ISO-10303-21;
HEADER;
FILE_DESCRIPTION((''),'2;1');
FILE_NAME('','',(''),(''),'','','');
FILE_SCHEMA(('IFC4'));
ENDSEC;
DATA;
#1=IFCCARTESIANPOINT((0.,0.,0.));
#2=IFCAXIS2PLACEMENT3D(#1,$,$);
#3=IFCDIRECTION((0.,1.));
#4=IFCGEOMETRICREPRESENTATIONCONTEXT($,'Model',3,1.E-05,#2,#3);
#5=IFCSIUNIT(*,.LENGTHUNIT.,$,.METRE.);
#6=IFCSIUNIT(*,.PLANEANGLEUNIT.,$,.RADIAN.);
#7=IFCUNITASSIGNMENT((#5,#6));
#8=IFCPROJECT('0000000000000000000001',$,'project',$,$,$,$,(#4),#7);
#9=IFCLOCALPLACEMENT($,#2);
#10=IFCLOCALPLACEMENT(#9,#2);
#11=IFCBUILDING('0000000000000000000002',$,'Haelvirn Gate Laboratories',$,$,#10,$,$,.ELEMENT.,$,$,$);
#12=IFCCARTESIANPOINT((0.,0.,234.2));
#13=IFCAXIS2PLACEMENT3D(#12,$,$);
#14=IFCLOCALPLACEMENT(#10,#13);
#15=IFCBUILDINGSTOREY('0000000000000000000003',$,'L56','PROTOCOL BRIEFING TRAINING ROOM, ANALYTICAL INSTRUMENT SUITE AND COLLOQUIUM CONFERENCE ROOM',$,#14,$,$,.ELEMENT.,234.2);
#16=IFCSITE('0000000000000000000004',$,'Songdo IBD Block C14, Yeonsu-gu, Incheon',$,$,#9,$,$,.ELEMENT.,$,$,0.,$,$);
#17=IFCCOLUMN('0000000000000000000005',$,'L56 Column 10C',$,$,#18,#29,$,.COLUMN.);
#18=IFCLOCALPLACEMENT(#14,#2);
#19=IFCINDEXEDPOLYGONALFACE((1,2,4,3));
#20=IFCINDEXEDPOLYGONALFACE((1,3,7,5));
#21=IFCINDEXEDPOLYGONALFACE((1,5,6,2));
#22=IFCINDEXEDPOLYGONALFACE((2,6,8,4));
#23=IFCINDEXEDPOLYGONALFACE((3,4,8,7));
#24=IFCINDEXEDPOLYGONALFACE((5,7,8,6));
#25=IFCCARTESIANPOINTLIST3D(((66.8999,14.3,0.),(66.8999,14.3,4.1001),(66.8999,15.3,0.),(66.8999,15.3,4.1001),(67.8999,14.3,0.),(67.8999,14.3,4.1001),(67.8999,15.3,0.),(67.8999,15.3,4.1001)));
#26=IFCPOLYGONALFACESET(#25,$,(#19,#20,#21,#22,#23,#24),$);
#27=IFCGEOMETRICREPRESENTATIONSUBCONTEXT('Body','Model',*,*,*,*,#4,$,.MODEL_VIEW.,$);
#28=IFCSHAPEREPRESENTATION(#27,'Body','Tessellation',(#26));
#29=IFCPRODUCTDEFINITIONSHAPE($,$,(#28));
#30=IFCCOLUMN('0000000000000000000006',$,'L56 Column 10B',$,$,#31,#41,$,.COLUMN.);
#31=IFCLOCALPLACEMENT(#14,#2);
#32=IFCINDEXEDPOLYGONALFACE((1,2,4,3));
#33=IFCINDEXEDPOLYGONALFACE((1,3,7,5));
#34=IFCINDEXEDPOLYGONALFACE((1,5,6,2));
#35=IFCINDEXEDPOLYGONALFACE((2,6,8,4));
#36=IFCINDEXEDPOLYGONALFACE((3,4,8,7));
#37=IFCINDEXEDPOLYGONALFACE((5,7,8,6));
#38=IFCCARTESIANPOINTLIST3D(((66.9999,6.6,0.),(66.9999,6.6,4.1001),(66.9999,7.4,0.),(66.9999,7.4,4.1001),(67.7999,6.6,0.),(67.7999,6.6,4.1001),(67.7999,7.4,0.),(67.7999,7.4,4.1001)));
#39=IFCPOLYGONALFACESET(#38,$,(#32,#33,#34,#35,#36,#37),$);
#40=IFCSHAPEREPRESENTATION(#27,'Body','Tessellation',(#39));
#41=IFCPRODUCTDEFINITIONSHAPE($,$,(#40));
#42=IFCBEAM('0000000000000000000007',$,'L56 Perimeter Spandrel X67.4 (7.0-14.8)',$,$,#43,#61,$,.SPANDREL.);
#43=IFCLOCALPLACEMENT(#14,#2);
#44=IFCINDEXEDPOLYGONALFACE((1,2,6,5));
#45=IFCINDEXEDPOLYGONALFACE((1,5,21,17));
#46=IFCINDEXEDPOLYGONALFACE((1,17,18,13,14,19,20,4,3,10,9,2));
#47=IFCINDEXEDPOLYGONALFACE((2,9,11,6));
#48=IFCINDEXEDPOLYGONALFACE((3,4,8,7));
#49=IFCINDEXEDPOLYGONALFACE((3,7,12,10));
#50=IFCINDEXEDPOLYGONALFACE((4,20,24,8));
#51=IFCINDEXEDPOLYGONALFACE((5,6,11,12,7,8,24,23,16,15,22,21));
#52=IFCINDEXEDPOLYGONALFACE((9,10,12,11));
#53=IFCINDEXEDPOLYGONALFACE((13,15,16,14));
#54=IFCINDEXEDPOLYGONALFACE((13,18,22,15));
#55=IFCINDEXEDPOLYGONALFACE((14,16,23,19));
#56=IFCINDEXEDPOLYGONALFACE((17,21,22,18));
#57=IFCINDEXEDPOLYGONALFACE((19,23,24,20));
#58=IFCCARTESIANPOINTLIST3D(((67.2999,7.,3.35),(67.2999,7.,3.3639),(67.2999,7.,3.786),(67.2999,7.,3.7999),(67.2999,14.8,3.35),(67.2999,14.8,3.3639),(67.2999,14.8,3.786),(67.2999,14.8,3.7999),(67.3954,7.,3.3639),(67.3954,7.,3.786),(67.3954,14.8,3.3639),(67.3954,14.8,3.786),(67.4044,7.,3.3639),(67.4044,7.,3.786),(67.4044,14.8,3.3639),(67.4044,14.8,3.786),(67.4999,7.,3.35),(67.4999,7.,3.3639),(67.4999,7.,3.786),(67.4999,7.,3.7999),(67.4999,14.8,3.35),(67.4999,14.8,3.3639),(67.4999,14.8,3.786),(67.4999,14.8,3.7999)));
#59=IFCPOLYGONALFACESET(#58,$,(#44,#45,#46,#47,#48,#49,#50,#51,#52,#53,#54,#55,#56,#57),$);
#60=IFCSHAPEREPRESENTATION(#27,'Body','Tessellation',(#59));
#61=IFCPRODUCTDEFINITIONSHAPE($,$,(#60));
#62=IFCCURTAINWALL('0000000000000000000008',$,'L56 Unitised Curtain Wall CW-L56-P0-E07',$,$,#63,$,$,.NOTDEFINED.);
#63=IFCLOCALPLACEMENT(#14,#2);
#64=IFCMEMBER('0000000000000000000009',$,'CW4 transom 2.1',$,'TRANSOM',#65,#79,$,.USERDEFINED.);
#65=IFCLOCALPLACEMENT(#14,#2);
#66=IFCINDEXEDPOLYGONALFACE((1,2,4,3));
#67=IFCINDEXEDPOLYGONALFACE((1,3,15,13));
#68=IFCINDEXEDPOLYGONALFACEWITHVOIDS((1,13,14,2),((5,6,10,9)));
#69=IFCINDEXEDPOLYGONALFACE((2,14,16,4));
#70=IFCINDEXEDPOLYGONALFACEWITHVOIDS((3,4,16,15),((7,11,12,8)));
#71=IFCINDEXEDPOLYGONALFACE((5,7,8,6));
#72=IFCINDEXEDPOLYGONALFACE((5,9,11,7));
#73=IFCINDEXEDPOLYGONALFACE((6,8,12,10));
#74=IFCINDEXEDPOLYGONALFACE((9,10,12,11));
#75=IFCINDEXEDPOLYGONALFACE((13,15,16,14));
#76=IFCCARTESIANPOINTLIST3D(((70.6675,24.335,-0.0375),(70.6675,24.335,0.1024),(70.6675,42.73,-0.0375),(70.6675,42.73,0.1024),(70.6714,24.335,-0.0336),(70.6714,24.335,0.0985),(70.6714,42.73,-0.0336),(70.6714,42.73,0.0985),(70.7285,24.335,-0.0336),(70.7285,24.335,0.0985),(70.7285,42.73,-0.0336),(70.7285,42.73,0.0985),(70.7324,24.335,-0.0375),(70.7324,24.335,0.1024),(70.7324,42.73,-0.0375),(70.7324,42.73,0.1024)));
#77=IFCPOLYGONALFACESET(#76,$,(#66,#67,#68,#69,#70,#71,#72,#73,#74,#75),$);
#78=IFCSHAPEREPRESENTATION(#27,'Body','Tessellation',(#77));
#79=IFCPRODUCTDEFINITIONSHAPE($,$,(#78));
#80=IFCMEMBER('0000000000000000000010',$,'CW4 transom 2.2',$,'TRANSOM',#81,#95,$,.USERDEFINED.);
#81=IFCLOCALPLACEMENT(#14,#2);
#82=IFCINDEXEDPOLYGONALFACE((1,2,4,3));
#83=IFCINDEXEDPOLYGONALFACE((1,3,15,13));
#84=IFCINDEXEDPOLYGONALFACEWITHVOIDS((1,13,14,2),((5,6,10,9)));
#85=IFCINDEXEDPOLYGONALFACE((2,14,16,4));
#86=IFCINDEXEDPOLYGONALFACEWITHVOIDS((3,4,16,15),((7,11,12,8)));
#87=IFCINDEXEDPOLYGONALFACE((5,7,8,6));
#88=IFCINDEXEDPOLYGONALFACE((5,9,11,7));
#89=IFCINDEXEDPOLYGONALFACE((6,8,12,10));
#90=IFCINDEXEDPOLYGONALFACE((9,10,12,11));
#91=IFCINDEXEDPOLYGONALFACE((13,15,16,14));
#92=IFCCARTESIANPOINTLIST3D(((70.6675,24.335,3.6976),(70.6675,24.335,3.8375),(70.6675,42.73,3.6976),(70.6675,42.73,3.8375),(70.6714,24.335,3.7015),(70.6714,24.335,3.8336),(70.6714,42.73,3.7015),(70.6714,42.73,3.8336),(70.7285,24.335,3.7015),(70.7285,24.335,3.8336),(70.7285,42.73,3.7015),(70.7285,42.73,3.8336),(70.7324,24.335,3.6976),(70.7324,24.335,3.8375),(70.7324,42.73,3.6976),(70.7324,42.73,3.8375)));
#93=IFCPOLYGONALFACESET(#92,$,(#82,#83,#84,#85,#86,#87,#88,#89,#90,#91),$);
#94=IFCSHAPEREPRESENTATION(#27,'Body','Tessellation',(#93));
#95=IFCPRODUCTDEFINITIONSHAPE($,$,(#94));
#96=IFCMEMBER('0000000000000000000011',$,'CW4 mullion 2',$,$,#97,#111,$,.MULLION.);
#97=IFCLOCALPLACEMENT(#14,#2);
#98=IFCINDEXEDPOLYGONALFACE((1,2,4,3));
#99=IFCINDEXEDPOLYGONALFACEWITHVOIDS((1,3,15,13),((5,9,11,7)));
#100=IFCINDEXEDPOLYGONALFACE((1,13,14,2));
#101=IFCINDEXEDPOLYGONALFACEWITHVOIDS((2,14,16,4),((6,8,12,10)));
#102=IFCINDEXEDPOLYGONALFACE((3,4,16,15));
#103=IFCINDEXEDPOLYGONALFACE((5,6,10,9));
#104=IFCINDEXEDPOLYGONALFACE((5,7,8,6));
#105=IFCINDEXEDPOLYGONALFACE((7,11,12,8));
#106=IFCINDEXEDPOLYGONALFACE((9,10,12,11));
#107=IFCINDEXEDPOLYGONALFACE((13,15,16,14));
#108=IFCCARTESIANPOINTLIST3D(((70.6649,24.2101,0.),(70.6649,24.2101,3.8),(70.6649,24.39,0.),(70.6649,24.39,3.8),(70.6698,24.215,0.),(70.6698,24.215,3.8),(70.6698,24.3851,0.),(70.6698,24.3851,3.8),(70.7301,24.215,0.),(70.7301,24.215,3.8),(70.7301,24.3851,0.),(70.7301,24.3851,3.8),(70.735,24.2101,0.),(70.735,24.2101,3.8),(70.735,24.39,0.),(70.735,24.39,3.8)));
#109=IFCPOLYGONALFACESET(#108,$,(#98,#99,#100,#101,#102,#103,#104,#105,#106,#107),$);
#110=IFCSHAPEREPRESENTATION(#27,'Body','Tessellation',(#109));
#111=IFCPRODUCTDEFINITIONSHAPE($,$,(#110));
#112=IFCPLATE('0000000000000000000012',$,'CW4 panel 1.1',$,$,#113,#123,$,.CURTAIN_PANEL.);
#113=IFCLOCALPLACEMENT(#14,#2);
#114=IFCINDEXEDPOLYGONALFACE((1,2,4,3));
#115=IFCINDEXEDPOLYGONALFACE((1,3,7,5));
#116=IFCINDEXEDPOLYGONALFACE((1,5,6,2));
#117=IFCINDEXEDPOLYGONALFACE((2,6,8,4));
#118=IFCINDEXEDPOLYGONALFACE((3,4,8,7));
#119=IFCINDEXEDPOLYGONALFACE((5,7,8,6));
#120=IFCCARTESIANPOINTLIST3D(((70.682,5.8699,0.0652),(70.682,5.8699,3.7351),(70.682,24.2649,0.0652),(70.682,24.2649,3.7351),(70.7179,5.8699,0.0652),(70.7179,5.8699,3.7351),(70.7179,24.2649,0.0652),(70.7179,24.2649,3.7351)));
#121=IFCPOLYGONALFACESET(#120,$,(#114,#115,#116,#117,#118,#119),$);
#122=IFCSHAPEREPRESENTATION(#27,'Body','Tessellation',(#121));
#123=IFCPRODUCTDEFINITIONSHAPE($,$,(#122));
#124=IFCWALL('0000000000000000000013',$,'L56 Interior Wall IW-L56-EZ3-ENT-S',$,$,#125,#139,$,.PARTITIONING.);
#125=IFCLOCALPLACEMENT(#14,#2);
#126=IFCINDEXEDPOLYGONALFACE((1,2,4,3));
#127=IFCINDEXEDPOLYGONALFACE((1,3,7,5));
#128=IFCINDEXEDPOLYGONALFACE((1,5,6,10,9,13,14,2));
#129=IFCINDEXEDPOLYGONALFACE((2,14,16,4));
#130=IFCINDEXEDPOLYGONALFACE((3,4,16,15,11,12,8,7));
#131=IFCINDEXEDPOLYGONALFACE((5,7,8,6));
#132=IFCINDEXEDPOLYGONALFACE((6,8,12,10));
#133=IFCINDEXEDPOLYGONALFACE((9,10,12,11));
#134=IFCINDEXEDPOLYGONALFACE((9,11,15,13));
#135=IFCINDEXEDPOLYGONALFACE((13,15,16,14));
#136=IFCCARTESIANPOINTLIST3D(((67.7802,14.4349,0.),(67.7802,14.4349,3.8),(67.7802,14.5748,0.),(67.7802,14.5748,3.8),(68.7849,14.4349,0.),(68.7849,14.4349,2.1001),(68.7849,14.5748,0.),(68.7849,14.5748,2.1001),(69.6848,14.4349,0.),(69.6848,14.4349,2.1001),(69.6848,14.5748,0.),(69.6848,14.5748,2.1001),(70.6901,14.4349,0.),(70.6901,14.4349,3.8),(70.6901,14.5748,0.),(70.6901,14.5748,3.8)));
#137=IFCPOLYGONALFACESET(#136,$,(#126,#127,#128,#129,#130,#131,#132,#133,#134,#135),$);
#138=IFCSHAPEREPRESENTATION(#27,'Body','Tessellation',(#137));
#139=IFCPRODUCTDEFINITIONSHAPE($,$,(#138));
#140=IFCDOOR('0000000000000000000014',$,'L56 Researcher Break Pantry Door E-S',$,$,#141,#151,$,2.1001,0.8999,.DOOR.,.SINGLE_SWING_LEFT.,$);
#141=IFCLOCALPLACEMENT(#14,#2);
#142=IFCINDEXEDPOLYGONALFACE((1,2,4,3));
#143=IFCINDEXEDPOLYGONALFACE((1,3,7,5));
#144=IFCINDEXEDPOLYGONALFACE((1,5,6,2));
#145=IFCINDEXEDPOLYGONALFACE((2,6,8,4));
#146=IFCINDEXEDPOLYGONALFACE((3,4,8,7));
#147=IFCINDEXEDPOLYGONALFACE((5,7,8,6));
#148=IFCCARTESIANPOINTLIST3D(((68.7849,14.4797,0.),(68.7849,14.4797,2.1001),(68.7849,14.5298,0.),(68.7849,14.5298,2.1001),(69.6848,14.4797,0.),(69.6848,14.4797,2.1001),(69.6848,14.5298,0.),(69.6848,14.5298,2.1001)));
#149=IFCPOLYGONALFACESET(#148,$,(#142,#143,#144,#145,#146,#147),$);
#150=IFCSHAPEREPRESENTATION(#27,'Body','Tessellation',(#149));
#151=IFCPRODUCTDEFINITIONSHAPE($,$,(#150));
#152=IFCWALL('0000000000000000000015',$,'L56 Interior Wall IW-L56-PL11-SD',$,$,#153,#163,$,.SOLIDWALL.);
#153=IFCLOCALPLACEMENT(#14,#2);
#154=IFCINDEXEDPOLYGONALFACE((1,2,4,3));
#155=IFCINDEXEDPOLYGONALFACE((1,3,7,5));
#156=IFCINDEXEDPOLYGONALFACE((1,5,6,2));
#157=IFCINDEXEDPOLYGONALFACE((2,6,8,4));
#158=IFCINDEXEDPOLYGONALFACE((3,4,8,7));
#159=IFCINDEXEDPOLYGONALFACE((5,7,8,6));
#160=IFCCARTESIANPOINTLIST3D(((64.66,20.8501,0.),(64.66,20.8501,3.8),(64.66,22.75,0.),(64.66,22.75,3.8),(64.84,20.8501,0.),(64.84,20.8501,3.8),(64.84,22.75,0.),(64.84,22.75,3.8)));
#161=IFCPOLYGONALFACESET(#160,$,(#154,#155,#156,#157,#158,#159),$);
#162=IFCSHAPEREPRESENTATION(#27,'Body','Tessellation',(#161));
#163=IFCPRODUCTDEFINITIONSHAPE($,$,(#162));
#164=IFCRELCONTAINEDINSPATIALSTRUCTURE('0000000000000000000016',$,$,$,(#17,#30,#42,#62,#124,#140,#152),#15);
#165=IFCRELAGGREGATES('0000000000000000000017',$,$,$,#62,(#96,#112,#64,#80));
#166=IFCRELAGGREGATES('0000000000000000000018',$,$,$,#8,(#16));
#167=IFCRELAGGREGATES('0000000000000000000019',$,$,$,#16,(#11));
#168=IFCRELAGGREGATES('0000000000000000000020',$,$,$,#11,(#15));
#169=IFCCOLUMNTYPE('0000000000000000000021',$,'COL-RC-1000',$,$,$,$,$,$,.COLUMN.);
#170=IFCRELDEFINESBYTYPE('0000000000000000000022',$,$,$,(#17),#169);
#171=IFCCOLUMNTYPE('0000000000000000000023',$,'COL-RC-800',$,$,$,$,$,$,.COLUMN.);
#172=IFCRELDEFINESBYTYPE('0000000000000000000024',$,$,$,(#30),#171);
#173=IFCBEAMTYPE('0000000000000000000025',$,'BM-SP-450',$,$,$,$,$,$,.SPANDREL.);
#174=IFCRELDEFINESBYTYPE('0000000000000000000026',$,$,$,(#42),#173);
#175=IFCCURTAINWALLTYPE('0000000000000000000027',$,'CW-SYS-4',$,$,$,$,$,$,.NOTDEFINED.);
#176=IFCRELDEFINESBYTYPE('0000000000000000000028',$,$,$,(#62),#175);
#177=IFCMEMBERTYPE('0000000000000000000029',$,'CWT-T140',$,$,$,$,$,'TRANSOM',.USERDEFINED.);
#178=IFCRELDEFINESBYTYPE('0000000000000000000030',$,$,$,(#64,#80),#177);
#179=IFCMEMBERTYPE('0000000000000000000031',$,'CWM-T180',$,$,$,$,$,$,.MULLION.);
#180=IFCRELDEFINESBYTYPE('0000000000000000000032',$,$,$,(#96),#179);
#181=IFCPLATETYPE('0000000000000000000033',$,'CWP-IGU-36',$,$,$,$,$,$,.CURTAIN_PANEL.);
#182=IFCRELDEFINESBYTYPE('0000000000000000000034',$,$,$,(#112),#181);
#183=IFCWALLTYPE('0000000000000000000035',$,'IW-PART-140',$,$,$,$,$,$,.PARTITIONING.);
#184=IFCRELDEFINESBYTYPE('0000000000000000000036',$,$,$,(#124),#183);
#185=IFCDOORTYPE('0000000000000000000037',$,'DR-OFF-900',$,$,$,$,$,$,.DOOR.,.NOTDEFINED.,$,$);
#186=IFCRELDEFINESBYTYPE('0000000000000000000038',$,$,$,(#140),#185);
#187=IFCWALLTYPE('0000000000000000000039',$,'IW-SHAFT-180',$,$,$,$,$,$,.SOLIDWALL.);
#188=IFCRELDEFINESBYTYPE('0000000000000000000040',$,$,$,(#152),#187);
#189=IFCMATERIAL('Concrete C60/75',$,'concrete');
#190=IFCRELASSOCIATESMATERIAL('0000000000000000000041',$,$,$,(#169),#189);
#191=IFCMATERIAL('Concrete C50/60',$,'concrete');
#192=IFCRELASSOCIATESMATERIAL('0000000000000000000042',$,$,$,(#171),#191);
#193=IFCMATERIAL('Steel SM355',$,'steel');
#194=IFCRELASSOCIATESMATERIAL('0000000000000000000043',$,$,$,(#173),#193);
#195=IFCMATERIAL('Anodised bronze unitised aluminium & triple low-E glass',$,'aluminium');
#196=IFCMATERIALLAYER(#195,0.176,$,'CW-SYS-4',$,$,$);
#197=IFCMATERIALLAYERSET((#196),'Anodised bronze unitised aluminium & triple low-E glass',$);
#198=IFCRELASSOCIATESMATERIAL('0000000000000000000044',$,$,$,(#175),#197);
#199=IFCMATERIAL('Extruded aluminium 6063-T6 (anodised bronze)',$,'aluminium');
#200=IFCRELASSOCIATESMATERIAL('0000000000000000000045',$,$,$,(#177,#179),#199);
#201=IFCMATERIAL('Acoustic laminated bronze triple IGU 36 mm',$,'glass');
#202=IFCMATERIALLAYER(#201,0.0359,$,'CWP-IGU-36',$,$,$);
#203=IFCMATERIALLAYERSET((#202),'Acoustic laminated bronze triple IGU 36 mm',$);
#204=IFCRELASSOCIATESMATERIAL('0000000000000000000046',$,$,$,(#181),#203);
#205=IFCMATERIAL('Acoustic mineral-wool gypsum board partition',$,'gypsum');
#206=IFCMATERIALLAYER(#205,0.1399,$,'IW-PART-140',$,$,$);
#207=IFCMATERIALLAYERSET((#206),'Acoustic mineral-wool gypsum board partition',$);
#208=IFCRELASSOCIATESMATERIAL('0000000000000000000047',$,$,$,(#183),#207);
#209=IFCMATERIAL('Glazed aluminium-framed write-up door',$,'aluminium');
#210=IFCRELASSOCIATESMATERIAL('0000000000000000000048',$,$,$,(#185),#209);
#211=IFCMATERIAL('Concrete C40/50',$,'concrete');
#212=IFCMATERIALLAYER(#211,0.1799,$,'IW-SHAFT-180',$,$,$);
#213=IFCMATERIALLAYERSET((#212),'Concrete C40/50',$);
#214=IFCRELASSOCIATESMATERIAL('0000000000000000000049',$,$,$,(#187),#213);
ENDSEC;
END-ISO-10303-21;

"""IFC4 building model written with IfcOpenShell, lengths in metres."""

from ifc_helpers import new_model, si_unit, direction, frame, frame_2d, origin, origin_2d, place, context, subcontext, project, spatial, rectangle, hollow_rectangle, i_section, extrude, source, transform, mapped, material, layer, layer_set, material_profile, profile_set, type_object, type_shapes, element, fill, aggregate, save


model = new_model("IFC4")

# Units and contexts
model_context = context("Model", 3, precision=1e-05, world=origin(), true_north=direction((0.0, 1.0)))
body_context = subcontext(model_context, "Body", "Model", "MODEL_VIEW")
ifc_project = project(units=[si_unit("LENGTHUNIT", "METRE"), si_unit("PLANEANGLEUNIT", "RADIAN")], contexts=[model_context])

# Site, building, storey
site_placement = place(None, origin())
site = spatial("IfcSite", under=ifc_project, at=site_placement, Name="Songdo IBD Block C14, Yeonsu-gu, Incheon", CompositionType="ELEMENT", RefElevation=0.0)
building_placement = place(site_placement, origin())
building = spatial("IfcBuilding", under=site, at=building_placement, Name="Haelvirn Gate Laboratories", CompositionType="ELEMENT")
storey_placement = place(building_placement, frame((0.0, 0.0, 234.2)))
storey = spatial("IfcBuildingStorey", under=building, at=storey_placement, Name="L56", Description="PROTOCOL BRIEFING TRAINING ROOM, ANALYTICAL INSTRUMENT SUITE AND COLLOQUIUM CONFERENCE ROOM", CompositionType="ELEMENT", Elevation=234.2)

# Columns
ifc_material_1 = material(Name="Concrete C60/75", Category="concrete")
ifc_material_profile_1 = material_profile(ifc_material_1, rectangle(XDim=1.0, YDim=1.0, at=origin_2d()), Name="RC-1000x1000")
ifc_profile_set_1 = profile_set([ifc_material_profile_1], Name="Concrete C60/75")
column_type_1 = type_object("IfcColumnType", Name="COL-RC-1000", PredefinedType="COLUMN", material=ifc_profile_set_1)
shared_shape_1 = source(origin(), body_context, "Body", "SweptSolid", [
    extrude(rectangle(XDim=1.0, YDim=1.0, at=origin_2d()), origin(), (0.0, 0.0, 1.0), 4.1001),
])
type_shapes(column_type_1, [shared_shape_1])
column_1_placement = place(storey_placement, frame((67.3999, 14.8, 0.0), z_axis=(0.0, 0.0, 1.0), x_axis=(1.0, 0.0, 0.0)))
element("IfcColumn", 1, at=column_1_placement, inside=storey, type_object=column_type_1, Name="L56 Column 10C", PredefinedType="COLUMN", context=body_context, shape_type="MappedRepresentation", body=[
    mapped(shared_shape_1, transform((0.0, 0.0, 0.0), scale=1.0)),
])
ifc_material_2 = material(Name="Concrete C50/60", Category="concrete")
ifc_material_profile_2 = material_profile(ifc_material_2, rectangle(XDim=0.8, YDim=0.8, at=origin_2d()), Name="RC-800x800")
ifc_profile_set_2 = profile_set([ifc_material_profile_2], Name="Concrete C50/60")
column_type_2 = type_object("IfcColumnType", Name="COL-RC-800", PredefinedType="COLUMN", material=ifc_profile_set_2)
shared_shape_2 = source(origin(), body_context, "Body", "SweptSolid", [
    extrude(rectangle(XDim=0.8, YDim=0.8, at=origin_2d()), origin(), (0.0, 0.0, 1.0), 4.1001),
])
type_shapes(column_type_2, [shared_shape_2])
column_2_placement = place(storey_placement, frame((67.3999, 7.0, 0.0), z_axis=(0.0, 0.0, 1.0), x_axis=(1.0, 0.0, 0.0)))
element("IfcColumn", 2, at=column_2_placement, inside=storey, type_object=column_type_2, Name="L56 Column 10B", PredefinedType="COLUMN", context=body_context, shape_type="MappedRepresentation", body=[
    mapped(shared_shape_2, transform((0.0, 0.0, 0.0), scale=1.0)),
])

# Beam
ifc_material_3 = material(Name="Steel SM355", Category="steel")
ifc_material_profile_3 = material_profile(ifc_material_3, i_section(OverallWidth=0.2, OverallDepth=0.45, WebThickness=0.009, FlangeThickness=0.0139, at=origin_2d()), Name="H-450x200x9x14")
ifc_profile_set_3 = profile_set([ifc_material_profile_3], Name="Steel SM355")
beam_type = type_object("IfcBeamType", Name="BM-SP-450", PredefinedType="SPANDREL", material=ifc_profile_set_3)
shared_shape_3 = source(origin(), body_context, "Body", "SweptSolid", [
    extrude(i_section(OverallWidth=0.2, OverallDepth=0.45, WebThickness=0.009, FlangeThickness=0.0139, at=origin_2d()), origin(), (0.0, 0.0, 1.0), 7.8),
])
type_shapes(beam_type, [shared_shape_3])
beam_placement = place(storey_placement, frame((67.3999, 7.0, 3.575), z_axis=(0.0, 1.0, 0.0), x_axis=(-1.0, 0.0, 0.0)))
element("IfcBeam", 3, at=beam_placement, inside=storey, type_object=beam_type, Name="L56 Perimeter Spandrel X67.4 (7.0-14.8)", PredefinedType="SPANDREL", context=body_context, shape_type="MappedRepresentation", body=[
    mapped(shared_shape_3, transform((0.0, 0.0, 0.0), scale=1.0)),
])

# Curtain wall, members, plate
ifc_material_4 = material(Name="Anodised bronze unitised aluminium & triple low-E glass", Category="aluminium")
ifc_layer_1 = layer(ifc_material_4, 0.176, Name="CW-SYS-4")
ifc_layer_set_1 = layer_set([ifc_layer_1], Name="Anodised bronze unitised aluminium & triple low-E glass")
curtain_wall_type = type_object("IfcCurtainWallType", Name="CW-SYS-4", PredefinedType="NOTDEFINED", material=ifc_layer_set_1)
curtain_wall_placement = place(storey_placement, origin())
curtain_wall = element("IfcCurtainWall", 4, at=curtain_wall_placement, inside=storey, type_object=curtain_wall_type, Name="L56 Unitised Curtain Wall CW-L56-P0-E07", PredefinedType="NOTDEFINED")
ifc_material_5 = material(Name="Extruded aluminium 6063-T6 (anodised bronze)", Category="aluminium")
ifc_material_profile_4 = material_profile(ifc_material_5, hollow_rectangle(XDim=0.0649, YDim=0.1399, WallThickness=0.0039, at=origin_2d()), Name="CWT-140x65x4")
ifc_profile_set_4 = profile_set([ifc_material_profile_4], Name="Extruded aluminium 6063-T6 (anodised bronze)")
member_type_1 = type_object("IfcMemberType", Name="CWT-T140", ElementType="TRANSOM", PredefinedType="USERDEFINED", material=ifc_profile_set_4)
shared_shape_4 = source(origin(), body_context, "Body", "SweptSolid", [
    extrude(hollow_rectangle(XDim=0.0649, YDim=0.1399, WallThickness=0.0039, at=origin_2d()), origin(), (0.0, 0.0, 1.0), 18.395),
])
type_shapes(member_type_1, [shared_shape_4])
member_1_placement = place(storey_placement, frame((70.7, 24.335, 0.0325), z_axis=(0.0, 1.0, 0.0), x_axis=(-1.0, 0.0, 0.0)))
member_1 = element("IfcMember", 5, at=member_1_placement, type_object=member_type_1, Name="CW4 transom 2.1", ObjectType="TRANSOM", PredefinedType="USERDEFINED", context=body_context, shape_type="MappedRepresentation", body=[
    mapped(shared_shape_4, transform((0.0, 0.0, 0.0), scale=1.0)),
])
member_2_placement = place(storey_placement, frame((70.7, 24.335, 3.7676), z_axis=(0.0, 1.0, 0.0), x_axis=(-1.0, 0.0, 0.0)))
member_2 = element("IfcMember", 6, at=member_2_placement, type_object=member_type_1, Name="CW4 transom 2.2", ObjectType="TRANSOM", PredefinedType="USERDEFINED", context=body_context, shape_type="MappedRepresentation", body=[
    mapped(shared_shape_4, transform((0.0, 0.0, 0.0), scale=1.0)),
])
ifc_material_profile_5 = material_profile(ifc_material_5, hollow_rectangle(XDim=0.0701, YDim=0.1799, WallThickness=0.0049, at=origin_2d()), Name="CWM-180x70x5")
ifc_profile_set_5 = profile_set([ifc_material_profile_5], Name="Extruded aluminium 6063-T6 (anodised bronze)")
member_type_2 = type_object("IfcMemberType", Name="CWM-T180", PredefinedType="MULLION", material=ifc_profile_set_5)
shared_shape_5 = source(origin(), body_context, "Body", "SweptSolid", [
    extrude(hollow_rectangle(XDim=0.0701, YDim=0.1799, WallThickness=0.0049, at=origin_2d()), origin(), (0.0, 0.0, 1.0), 3.8),
])
type_shapes(member_type_2, [shared_shape_5])
member_3_placement = place(storey_placement, frame((70.7, 24.3, 0.0), z_axis=(0.0, 0.0, 1.0), x_axis=(-1.0, 0.0, 0.0)))
member_3 = element("IfcMember", 7, at=member_3_placement, type_object=member_type_2, Name="CW4 mullion 2", PredefinedType="MULLION", context=body_context, shape_type="MappedRepresentation", body=[
    mapped(shared_shape_5, transform((0.0, 0.0, 0.0), scale=1.0)),
])
ifc_material_6 = material(Name="Acoustic laminated bronze triple IGU 36 mm", Category="glass")
ifc_layer_2 = layer(ifc_material_6, 0.0359, Name="CWP-IGU-36")
ifc_layer_set_2 = layer_set([ifc_layer_2], Name="Acoustic laminated bronze triple IGU 36 mm")
plate_type = type_object("IfcPlateType", Name="CWP-IGU-36", PredefinedType="CURTAIN_PANEL", material=ifc_layer_set_2)
shared_shape_6 = source(origin(), body_context, "Body", "SweptSolid", [
    extrude(rectangle(XDim=18.395, YDim=0.0359, at=origin_2d()), origin(), (0.0, 0.0, 1.0), 3.6699),
])
type_shapes(plate_type, [shared_shape_6])
plate_placement = place(storey_placement, frame((70.7, 15.0674, 0.0652), z_axis=(0.0, 0.0, 1.0), x_axis=(0.0, 1.0, 0.0)))
plate = element("IfcPlate", 8, at=plate_placement, type_object=plate_type, Name="CW4 panel 1.1", PredefinedType="CURTAIN_PANEL", context=body_context, shape_type="MappedRepresentation", body=[
    mapped(shared_shape_6, transform((0.0, 0.0, 0.0), scale=1.0)),
])
aggregate(curtain_wall, [member_3, plate, member_1, member_2])

# Wall, opening, door
ifc_material_7 = material(Name="Acoustic mineral-wool gypsum board partition", Category="gypsum")
ifc_layer_3 = layer(ifc_material_7, 0.1399, Name="IW-PART-140")
ifc_layer_set_3 = layer_set([ifc_layer_3], Name="Acoustic mineral-wool gypsum board partition")
wall_type_1 = type_object("IfcWallType", Name="IW-PART-140", PredefinedType="PARTITIONING", material=ifc_layer_set_3)
wall_1_placement = place(storey_placement, frame((67.78, 14.5049, 0.0), z_axis=(0.0, 0.0, 1.0), x_axis=(1.0, 0.0, 0.0)))
wall_1 = element("IfcWall", 9, at=wall_1_placement, inside=storey, type_object=wall_type_1, Name="L56 Interior Wall IW-L56-EZ3-ENT-S", PredefinedType="PARTITIONING", context=body_context, shape_type="SweptSolid", body=[
    extrude(rectangle(XDim=2.9099, YDim=0.1399, at=frame_2d((1.4551, 0.0))), origin(), (0.0, 0.0, 1.0), 3.8),
])
opening_1_placement = place(wall_1_placement, frame((1.0049, 0.0, 0.0)))
opening_1 = element("IfcOpeningElement", 10, at=opening_1_placement, cuts=wall_1, PredefinedType="OPENING", context=body_context, shape_type="SweptSolid", body=[
    extrude(rectangle(XDim=0.8999, YDim=2.1001, at=frame_2d((0.45, 1.05))), frame((0.0, 0.0801, 0.0), z_axis=(0.0, -1.0, 0.0), x_axis=(1.0, 0.0, 0.0)), (0.0, 0.0, 1.0), 0.1599),
])
ifc_material_8 = material(Name="Glazed aluminium-framed write-up door", Category="aluminium")
door_type_1 = type_object("IfcDoorType", Name="DR-OFF-900", OperationType="NOTDEFINED", PredefinedType="DOOR", material=ifc_material_8)
shared_shape_7 = source(origin(), body_context, "Body", "SweptSolid", [
    extrude(rectangle(XDim=0.8999, YDim=2.1001, at=frame_2d((0.45, 1.05))), frame((0.0, 0.0249, 0.0), z_axis=(0.0, -1.0, 0.0), x_axis=(1.0, 0.0, 0.0)), (0.0, 0.0, 1.0), 0.05),
])
type_shapes(door_type_1, [shared_shape_7])
door_1_placement = place(opening_1_placement, origin())
door_1 = element("IfcDoor", 11, at=door_1_placement, inside=storey, type_object=door_type_1, Name="L56 Researcher Break Pantry Door E-S", OperationType="SINGLE_SWING_LEFT", OverallHeight=2.1001, OverallWidth=0.8999, PredefinedType="DOOR", context=body_context, shape_type="MappedRepresentation", body=[
    mapped(shared_shape_7, transform((0.0, 0.0, 0.0), scale=1.0)),
])
fill(opening_1, door_1)

# Wall
ifc_material_9 = material(Name="Concrete C40/50", Category="concrete")
ifc_layer_4 = layer(ifc_material_9, 0.1799, Name="IW-SHAFT-180")
ifc_layer_set_4 = layer_set([ifc_layer_4], Name="Concrete C40/50")
wall_type_2 = type_object("IfcWallType", Name="IW-SHAFT-180", PredefinedType="SOLIDWALL", material=ifc_layer_set_4)
for number, where, z_axis, x_axis, name in (
    (12, (64.75, 20.8501, 0.0), (0.0, 0.0, 1.0), (0.0, 1.0, 0.0), "L56 Interior Wall IW-L56-PL11-SD"),
):
    element("IfcWall", number, at=place(storey_placement, frame(where, z_axis=z_axis, x_axis=x_axis)), inside=storey, type_object=wall_type_2, Name=name, PredefinedType="SOLIDWALL", context=body_context, shape_type="SweptSolid", body=[
        extrude(rectangle(XDim=1.8999, YDim=0.1799, at=frame_2d((0.95, 0.0))), origin(), (0.0, 0.0, 1.0), 3.8),
    ])

save(model, "model.ifc")
